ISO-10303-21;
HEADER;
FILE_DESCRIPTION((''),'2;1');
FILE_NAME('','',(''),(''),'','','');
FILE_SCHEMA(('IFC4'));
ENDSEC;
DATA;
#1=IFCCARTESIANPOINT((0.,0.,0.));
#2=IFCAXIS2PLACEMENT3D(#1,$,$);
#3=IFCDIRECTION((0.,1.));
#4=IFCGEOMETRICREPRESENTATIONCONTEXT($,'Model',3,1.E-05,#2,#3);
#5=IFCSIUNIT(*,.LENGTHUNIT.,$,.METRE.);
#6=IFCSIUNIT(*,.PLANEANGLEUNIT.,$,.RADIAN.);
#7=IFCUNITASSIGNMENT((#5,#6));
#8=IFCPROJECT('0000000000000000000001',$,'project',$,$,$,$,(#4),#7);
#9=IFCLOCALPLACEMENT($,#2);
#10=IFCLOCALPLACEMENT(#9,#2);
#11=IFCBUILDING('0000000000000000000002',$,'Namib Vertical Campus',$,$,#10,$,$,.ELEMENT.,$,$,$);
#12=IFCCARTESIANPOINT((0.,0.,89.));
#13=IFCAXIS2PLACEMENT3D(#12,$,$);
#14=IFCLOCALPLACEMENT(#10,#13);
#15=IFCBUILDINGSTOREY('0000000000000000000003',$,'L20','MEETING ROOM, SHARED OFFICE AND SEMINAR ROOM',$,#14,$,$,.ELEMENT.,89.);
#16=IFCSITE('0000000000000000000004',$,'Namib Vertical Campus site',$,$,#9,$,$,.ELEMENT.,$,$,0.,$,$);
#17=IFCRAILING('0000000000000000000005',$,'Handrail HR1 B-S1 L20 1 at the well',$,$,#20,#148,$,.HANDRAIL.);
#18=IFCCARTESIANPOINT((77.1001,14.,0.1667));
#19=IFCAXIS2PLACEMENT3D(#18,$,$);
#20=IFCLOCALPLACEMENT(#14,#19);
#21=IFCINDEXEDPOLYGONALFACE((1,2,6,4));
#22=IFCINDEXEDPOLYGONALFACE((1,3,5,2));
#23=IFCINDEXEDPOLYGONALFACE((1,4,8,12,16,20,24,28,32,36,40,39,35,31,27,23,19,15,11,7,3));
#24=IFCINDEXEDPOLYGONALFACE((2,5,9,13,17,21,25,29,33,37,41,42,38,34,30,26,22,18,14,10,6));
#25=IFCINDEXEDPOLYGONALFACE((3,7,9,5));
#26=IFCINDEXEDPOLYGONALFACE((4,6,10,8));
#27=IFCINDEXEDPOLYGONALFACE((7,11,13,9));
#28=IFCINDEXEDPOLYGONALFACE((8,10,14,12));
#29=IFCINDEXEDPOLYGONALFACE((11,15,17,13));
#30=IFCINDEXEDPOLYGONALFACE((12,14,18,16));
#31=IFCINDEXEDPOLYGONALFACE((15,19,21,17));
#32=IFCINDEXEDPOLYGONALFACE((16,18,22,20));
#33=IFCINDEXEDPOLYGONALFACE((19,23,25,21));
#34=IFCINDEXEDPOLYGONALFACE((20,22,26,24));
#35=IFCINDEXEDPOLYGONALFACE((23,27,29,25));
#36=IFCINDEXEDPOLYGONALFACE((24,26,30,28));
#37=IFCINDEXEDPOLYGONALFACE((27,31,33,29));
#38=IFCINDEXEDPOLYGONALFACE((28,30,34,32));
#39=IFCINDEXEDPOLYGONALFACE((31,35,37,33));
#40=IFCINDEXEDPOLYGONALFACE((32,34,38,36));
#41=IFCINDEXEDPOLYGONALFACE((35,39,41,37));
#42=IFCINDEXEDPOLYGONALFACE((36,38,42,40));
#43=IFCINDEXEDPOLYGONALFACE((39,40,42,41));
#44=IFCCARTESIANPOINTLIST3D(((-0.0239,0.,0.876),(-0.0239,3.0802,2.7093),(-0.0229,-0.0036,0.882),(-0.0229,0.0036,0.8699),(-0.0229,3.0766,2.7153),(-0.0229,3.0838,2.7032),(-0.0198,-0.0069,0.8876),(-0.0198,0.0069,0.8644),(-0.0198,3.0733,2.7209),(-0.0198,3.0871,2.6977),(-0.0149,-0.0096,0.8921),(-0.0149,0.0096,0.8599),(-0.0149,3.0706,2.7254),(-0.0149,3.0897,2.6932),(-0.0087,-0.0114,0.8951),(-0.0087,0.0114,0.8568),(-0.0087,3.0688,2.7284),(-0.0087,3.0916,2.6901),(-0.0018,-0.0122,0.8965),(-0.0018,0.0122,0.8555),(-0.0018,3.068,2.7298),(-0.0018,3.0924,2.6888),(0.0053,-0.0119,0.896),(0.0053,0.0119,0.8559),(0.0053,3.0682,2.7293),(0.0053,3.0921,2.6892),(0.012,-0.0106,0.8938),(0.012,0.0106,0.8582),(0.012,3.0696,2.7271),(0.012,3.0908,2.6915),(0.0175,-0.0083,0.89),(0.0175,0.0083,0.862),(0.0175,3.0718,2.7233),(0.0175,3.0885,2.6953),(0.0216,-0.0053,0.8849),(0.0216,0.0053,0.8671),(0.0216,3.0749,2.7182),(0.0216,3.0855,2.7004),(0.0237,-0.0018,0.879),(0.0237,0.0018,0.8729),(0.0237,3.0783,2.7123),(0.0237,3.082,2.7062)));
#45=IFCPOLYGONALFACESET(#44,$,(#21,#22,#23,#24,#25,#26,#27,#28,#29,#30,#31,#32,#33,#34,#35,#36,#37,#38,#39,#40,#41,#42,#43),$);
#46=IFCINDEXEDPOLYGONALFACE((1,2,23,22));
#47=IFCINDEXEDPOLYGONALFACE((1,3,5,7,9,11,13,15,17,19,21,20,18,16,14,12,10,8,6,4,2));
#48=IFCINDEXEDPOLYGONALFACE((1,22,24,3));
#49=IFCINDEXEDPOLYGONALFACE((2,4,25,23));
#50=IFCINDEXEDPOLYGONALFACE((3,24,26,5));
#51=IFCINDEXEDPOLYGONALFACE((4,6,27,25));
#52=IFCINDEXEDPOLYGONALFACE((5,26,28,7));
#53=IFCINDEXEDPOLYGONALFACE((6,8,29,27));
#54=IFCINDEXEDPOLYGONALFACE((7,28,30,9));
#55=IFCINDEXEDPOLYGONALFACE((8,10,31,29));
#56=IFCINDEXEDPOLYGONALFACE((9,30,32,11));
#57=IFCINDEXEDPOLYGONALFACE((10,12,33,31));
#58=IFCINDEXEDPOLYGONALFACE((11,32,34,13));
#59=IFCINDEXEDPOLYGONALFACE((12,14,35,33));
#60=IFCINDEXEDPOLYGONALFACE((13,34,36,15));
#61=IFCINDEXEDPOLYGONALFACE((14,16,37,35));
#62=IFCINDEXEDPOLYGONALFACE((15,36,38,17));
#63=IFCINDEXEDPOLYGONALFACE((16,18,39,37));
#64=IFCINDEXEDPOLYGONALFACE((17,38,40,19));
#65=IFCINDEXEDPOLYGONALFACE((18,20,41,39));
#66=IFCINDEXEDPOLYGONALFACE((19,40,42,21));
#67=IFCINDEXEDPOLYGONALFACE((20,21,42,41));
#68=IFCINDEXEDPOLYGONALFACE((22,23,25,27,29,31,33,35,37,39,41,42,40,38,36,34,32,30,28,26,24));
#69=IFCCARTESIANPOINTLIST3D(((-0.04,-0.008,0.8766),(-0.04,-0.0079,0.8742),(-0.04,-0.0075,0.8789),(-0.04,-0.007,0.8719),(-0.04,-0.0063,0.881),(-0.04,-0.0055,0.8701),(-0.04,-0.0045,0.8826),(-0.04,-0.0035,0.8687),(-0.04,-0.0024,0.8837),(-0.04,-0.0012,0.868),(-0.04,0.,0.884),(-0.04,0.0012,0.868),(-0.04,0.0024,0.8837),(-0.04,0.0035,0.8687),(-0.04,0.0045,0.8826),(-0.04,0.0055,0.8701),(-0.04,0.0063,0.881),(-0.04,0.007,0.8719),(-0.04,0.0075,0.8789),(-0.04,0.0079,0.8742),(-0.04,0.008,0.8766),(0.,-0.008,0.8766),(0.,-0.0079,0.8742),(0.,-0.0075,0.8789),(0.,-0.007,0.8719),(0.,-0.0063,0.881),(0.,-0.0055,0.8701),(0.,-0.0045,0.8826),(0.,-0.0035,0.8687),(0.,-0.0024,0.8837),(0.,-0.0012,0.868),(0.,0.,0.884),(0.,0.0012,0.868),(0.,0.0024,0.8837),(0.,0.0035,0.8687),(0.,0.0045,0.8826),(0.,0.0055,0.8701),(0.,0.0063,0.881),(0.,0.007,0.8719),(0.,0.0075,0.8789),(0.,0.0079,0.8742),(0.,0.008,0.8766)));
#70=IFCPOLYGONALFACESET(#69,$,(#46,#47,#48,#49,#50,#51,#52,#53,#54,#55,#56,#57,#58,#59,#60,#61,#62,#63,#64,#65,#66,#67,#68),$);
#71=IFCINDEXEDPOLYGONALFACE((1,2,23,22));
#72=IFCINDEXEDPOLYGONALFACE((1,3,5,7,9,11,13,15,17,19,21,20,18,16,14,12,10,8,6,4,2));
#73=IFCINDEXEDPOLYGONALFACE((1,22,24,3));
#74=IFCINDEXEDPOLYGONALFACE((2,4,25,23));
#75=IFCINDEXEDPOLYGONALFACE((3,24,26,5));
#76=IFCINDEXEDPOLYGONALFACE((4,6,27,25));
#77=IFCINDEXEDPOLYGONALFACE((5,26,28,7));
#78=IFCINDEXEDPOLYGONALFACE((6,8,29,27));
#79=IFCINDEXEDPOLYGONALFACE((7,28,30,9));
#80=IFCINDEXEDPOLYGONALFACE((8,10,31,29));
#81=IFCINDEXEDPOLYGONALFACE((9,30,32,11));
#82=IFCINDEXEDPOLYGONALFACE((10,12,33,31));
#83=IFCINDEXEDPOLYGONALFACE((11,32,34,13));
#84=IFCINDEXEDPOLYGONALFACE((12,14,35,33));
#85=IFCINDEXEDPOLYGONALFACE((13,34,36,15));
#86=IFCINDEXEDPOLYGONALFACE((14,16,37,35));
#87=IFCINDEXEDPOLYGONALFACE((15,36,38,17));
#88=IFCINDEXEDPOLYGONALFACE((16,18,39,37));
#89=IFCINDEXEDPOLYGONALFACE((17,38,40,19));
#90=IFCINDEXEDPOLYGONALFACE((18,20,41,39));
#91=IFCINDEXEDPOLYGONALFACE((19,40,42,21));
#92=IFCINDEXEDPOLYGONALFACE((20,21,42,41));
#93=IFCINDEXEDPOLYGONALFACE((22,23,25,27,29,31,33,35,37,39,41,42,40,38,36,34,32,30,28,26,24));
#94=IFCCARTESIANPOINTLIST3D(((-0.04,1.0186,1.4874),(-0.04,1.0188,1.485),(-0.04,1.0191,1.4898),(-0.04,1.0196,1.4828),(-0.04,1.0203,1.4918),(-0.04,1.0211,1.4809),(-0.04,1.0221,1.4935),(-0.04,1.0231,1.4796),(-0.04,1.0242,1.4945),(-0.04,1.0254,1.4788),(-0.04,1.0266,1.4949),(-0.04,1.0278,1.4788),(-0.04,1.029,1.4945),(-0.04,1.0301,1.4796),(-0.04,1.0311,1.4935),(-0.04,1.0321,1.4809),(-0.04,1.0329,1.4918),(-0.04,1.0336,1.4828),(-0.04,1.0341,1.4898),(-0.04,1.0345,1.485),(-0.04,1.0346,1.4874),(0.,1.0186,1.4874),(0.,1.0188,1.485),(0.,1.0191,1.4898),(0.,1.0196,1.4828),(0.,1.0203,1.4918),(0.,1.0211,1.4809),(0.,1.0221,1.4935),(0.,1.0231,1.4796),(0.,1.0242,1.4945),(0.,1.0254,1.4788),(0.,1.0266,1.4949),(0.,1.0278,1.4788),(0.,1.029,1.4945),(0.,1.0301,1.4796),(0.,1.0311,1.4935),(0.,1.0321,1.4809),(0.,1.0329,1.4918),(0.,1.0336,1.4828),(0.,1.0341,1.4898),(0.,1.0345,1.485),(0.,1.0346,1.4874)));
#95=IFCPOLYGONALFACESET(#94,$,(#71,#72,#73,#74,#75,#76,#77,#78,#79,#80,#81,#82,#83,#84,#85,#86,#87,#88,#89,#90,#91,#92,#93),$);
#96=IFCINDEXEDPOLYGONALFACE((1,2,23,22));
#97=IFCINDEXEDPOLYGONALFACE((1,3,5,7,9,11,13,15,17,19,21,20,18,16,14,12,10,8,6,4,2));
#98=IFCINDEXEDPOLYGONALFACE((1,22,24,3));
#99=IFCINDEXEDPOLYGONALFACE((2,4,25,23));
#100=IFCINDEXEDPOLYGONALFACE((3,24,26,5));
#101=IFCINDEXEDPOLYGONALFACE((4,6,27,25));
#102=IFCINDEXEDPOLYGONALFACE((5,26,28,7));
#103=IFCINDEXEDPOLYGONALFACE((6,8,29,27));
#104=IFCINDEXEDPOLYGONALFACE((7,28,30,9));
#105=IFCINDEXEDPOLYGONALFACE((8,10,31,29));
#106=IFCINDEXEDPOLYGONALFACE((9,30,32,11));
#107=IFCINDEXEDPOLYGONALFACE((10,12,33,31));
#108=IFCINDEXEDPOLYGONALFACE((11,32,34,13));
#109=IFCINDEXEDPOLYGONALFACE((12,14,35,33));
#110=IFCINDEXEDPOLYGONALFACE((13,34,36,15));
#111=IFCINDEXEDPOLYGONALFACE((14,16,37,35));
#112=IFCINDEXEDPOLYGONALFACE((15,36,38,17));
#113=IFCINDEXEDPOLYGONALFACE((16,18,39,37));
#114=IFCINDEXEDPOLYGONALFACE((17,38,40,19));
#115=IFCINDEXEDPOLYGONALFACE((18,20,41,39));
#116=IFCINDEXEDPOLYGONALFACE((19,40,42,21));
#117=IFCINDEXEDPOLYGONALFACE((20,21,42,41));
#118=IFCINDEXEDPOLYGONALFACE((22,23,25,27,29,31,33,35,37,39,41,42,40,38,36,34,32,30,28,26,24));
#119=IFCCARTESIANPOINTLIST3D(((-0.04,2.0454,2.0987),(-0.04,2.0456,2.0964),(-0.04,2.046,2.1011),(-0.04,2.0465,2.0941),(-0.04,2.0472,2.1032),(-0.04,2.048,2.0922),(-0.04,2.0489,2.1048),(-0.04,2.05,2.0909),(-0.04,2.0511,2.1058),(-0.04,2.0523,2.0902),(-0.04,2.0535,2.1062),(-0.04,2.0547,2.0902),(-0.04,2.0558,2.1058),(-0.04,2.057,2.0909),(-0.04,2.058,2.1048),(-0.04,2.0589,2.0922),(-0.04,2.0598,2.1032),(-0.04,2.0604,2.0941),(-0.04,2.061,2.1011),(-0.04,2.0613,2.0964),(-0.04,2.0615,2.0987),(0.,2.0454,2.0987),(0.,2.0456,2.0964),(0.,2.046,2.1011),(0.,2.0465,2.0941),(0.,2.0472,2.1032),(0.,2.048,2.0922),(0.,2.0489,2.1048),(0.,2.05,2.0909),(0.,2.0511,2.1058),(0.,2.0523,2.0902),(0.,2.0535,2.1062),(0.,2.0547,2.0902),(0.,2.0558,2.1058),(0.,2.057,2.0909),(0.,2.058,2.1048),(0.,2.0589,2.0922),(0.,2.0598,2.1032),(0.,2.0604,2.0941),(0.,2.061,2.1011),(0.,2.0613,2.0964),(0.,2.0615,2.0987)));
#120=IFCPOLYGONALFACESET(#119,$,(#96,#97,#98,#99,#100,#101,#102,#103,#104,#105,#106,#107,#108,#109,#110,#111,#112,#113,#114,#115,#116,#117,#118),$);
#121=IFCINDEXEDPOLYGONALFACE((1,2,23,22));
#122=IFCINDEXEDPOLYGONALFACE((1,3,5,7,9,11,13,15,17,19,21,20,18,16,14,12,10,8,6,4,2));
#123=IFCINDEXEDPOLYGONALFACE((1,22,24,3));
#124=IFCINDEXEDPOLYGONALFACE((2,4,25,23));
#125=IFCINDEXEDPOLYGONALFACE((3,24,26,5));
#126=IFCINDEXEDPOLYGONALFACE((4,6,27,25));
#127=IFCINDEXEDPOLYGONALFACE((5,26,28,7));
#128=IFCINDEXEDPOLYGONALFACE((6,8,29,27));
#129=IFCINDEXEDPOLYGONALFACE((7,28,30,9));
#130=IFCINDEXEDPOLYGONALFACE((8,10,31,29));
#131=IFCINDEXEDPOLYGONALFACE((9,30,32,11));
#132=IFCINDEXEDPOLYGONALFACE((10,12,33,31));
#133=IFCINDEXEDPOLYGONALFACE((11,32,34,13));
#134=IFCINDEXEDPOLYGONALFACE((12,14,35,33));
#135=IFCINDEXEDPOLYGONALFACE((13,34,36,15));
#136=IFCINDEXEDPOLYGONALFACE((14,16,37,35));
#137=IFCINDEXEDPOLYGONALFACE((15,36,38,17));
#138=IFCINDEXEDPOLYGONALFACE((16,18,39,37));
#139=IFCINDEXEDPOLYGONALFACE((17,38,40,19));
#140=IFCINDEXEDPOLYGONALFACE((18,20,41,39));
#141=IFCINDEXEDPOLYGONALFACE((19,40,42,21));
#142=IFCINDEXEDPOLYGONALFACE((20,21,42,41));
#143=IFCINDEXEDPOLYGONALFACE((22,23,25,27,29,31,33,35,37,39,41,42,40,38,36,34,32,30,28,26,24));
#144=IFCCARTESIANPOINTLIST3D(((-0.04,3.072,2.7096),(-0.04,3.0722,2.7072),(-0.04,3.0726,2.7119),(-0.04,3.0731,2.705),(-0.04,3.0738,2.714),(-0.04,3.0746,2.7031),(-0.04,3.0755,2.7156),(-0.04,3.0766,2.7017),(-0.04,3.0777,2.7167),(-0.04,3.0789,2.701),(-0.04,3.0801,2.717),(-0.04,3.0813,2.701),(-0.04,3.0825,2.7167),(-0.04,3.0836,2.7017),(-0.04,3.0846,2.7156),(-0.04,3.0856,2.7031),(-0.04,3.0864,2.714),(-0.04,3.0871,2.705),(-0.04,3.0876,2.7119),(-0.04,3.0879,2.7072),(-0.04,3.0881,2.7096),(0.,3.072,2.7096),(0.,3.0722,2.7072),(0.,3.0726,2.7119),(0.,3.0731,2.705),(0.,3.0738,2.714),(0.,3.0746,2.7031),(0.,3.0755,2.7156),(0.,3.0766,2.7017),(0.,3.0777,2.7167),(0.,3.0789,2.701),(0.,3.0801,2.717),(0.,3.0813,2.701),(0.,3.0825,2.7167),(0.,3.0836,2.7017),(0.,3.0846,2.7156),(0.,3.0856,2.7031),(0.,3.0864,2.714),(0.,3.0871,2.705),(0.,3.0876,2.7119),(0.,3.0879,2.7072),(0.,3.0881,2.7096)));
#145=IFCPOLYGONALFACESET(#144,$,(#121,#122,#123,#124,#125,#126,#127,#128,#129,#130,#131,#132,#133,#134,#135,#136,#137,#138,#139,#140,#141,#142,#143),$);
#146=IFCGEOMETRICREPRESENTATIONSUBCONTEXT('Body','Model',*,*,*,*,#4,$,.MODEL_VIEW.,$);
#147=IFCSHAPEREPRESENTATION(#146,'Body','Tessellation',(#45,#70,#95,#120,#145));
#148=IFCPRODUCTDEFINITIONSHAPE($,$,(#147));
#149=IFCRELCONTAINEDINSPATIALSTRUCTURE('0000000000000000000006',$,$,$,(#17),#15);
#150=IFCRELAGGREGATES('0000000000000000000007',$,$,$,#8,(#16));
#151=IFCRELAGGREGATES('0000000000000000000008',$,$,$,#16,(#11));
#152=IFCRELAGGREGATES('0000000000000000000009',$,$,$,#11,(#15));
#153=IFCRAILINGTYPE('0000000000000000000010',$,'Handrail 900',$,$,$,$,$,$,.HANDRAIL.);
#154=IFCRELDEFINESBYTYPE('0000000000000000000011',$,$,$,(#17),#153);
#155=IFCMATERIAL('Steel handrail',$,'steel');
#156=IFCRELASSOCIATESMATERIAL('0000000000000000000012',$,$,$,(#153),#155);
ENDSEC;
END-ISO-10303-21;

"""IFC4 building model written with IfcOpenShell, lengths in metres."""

from ifc_helpers import new_model, si_unit, direction, frame, origin, origin_2d, place, context, subcontext, project, spatial, circle, extrude, material, type_object, element, save


model = new_model("IFC4")

# Units and contexts
model_context = context("Model", 3, precision=1e-05, world=origin(), true_north=direction((0.0, 1.0)))
body_context = subcontext(model_context, "Body", "Model", "MODEL_VIEW")
ifc_project = project(units=[si_unit("LENGTHUNIT", "METRE"), si_unit("PLANEANGLEUNIT", "RADIAN")], contexts=[model_context])

# Site, building, storey
site_placement = place(None, origin())
site = spatial("IfcSite", under=ifc_project, at=site_placement, Name="Namib Vertical Campus site", CompositionType="ELEMENT", RefElevation=0.0)
building_placement = place(site_placement, origin())
building = spatial("IfcBuilding", under=site, at=building_placement, Name="Namib Vertical Campus", CompositionType="ELEMENT")
storey_placement = place(building_placement, frame((0.0, 0.0, 89.0)))
storey = spatial("IfcBuildingStorey", under=building, at=storey_placement, Name="L20", Description="MEETING ROOM, SHARED OFFICE AND SEMINAR ROOM", CompositionType="ELEMENT", Elevation=89.0)

# Railing
ifc_material_1 = material(Name="Steel handrail", Category="steel")
railing_type_1 = type_object("IfcRailingType", Name="Handrail 900", PredefinedType="HANDRAIL", material=ifc_material_1)
railing_1_placement = place(storey_placement, frame((77.1001, 14.0, 0.1667)))
element("IfcRailing", 1, at=railing_1_placement, inside=storey, type_object=railing_type_1, Name="Handrail HR1 B-S1 L20 1 at the well", PredefinedType="HANDRAIL", context=body_context, shape_type="SweptSolid", body=[
    extrude(circle(Radius=0.0239, at=origin_2d()), frame((0.0, 0.0, 0.876), z_axis=(0.0, 0.859309, 0.511458), x_axis=(-1.0, 0.0, 0.0)), (0.0, 0.0, 1.0), 3.5845),
    extrude(circle(Radius=0.0081, at=origin_2d()), frame((0.0, 0.0, 0.876), z_axis=(-1.0, 0.0, 0.0), x_axis=(0.0, 0.0, 1.0)), (0.0, 0.0, 1.0), 0.04),
    extrude(circle(Radius=0.0081, at=origin_2d()), frame((0.0, 1.0266, 1.4868), z_axis=(-1.0, 0.0, 0.0), x_axis=(0.0, 0.0, 1.0)), (0.0, 0.0, 1.0), 0.04),
    extrude(circle(Radius=0.0081, at=origin_2d()), frame((0.0, 2.0535, 2.0981), z_axis=(-1.0, 0.0, 0.0), x_axis=(0.0, 0.0, 1.0)), (0.0, 0.0, 1.0), 0.04),
    extrude(circle(Radius=0.0081, at=origin_2d()), frame((0.0, 3.0801, 2.709), z_axis=(-1.0, 0.0, 0.0), x_axis=(0.0, 0.0, 1.0)), (0.0, 0.0, 1.0), 0.04),
])

save(model, "model.ifc")
